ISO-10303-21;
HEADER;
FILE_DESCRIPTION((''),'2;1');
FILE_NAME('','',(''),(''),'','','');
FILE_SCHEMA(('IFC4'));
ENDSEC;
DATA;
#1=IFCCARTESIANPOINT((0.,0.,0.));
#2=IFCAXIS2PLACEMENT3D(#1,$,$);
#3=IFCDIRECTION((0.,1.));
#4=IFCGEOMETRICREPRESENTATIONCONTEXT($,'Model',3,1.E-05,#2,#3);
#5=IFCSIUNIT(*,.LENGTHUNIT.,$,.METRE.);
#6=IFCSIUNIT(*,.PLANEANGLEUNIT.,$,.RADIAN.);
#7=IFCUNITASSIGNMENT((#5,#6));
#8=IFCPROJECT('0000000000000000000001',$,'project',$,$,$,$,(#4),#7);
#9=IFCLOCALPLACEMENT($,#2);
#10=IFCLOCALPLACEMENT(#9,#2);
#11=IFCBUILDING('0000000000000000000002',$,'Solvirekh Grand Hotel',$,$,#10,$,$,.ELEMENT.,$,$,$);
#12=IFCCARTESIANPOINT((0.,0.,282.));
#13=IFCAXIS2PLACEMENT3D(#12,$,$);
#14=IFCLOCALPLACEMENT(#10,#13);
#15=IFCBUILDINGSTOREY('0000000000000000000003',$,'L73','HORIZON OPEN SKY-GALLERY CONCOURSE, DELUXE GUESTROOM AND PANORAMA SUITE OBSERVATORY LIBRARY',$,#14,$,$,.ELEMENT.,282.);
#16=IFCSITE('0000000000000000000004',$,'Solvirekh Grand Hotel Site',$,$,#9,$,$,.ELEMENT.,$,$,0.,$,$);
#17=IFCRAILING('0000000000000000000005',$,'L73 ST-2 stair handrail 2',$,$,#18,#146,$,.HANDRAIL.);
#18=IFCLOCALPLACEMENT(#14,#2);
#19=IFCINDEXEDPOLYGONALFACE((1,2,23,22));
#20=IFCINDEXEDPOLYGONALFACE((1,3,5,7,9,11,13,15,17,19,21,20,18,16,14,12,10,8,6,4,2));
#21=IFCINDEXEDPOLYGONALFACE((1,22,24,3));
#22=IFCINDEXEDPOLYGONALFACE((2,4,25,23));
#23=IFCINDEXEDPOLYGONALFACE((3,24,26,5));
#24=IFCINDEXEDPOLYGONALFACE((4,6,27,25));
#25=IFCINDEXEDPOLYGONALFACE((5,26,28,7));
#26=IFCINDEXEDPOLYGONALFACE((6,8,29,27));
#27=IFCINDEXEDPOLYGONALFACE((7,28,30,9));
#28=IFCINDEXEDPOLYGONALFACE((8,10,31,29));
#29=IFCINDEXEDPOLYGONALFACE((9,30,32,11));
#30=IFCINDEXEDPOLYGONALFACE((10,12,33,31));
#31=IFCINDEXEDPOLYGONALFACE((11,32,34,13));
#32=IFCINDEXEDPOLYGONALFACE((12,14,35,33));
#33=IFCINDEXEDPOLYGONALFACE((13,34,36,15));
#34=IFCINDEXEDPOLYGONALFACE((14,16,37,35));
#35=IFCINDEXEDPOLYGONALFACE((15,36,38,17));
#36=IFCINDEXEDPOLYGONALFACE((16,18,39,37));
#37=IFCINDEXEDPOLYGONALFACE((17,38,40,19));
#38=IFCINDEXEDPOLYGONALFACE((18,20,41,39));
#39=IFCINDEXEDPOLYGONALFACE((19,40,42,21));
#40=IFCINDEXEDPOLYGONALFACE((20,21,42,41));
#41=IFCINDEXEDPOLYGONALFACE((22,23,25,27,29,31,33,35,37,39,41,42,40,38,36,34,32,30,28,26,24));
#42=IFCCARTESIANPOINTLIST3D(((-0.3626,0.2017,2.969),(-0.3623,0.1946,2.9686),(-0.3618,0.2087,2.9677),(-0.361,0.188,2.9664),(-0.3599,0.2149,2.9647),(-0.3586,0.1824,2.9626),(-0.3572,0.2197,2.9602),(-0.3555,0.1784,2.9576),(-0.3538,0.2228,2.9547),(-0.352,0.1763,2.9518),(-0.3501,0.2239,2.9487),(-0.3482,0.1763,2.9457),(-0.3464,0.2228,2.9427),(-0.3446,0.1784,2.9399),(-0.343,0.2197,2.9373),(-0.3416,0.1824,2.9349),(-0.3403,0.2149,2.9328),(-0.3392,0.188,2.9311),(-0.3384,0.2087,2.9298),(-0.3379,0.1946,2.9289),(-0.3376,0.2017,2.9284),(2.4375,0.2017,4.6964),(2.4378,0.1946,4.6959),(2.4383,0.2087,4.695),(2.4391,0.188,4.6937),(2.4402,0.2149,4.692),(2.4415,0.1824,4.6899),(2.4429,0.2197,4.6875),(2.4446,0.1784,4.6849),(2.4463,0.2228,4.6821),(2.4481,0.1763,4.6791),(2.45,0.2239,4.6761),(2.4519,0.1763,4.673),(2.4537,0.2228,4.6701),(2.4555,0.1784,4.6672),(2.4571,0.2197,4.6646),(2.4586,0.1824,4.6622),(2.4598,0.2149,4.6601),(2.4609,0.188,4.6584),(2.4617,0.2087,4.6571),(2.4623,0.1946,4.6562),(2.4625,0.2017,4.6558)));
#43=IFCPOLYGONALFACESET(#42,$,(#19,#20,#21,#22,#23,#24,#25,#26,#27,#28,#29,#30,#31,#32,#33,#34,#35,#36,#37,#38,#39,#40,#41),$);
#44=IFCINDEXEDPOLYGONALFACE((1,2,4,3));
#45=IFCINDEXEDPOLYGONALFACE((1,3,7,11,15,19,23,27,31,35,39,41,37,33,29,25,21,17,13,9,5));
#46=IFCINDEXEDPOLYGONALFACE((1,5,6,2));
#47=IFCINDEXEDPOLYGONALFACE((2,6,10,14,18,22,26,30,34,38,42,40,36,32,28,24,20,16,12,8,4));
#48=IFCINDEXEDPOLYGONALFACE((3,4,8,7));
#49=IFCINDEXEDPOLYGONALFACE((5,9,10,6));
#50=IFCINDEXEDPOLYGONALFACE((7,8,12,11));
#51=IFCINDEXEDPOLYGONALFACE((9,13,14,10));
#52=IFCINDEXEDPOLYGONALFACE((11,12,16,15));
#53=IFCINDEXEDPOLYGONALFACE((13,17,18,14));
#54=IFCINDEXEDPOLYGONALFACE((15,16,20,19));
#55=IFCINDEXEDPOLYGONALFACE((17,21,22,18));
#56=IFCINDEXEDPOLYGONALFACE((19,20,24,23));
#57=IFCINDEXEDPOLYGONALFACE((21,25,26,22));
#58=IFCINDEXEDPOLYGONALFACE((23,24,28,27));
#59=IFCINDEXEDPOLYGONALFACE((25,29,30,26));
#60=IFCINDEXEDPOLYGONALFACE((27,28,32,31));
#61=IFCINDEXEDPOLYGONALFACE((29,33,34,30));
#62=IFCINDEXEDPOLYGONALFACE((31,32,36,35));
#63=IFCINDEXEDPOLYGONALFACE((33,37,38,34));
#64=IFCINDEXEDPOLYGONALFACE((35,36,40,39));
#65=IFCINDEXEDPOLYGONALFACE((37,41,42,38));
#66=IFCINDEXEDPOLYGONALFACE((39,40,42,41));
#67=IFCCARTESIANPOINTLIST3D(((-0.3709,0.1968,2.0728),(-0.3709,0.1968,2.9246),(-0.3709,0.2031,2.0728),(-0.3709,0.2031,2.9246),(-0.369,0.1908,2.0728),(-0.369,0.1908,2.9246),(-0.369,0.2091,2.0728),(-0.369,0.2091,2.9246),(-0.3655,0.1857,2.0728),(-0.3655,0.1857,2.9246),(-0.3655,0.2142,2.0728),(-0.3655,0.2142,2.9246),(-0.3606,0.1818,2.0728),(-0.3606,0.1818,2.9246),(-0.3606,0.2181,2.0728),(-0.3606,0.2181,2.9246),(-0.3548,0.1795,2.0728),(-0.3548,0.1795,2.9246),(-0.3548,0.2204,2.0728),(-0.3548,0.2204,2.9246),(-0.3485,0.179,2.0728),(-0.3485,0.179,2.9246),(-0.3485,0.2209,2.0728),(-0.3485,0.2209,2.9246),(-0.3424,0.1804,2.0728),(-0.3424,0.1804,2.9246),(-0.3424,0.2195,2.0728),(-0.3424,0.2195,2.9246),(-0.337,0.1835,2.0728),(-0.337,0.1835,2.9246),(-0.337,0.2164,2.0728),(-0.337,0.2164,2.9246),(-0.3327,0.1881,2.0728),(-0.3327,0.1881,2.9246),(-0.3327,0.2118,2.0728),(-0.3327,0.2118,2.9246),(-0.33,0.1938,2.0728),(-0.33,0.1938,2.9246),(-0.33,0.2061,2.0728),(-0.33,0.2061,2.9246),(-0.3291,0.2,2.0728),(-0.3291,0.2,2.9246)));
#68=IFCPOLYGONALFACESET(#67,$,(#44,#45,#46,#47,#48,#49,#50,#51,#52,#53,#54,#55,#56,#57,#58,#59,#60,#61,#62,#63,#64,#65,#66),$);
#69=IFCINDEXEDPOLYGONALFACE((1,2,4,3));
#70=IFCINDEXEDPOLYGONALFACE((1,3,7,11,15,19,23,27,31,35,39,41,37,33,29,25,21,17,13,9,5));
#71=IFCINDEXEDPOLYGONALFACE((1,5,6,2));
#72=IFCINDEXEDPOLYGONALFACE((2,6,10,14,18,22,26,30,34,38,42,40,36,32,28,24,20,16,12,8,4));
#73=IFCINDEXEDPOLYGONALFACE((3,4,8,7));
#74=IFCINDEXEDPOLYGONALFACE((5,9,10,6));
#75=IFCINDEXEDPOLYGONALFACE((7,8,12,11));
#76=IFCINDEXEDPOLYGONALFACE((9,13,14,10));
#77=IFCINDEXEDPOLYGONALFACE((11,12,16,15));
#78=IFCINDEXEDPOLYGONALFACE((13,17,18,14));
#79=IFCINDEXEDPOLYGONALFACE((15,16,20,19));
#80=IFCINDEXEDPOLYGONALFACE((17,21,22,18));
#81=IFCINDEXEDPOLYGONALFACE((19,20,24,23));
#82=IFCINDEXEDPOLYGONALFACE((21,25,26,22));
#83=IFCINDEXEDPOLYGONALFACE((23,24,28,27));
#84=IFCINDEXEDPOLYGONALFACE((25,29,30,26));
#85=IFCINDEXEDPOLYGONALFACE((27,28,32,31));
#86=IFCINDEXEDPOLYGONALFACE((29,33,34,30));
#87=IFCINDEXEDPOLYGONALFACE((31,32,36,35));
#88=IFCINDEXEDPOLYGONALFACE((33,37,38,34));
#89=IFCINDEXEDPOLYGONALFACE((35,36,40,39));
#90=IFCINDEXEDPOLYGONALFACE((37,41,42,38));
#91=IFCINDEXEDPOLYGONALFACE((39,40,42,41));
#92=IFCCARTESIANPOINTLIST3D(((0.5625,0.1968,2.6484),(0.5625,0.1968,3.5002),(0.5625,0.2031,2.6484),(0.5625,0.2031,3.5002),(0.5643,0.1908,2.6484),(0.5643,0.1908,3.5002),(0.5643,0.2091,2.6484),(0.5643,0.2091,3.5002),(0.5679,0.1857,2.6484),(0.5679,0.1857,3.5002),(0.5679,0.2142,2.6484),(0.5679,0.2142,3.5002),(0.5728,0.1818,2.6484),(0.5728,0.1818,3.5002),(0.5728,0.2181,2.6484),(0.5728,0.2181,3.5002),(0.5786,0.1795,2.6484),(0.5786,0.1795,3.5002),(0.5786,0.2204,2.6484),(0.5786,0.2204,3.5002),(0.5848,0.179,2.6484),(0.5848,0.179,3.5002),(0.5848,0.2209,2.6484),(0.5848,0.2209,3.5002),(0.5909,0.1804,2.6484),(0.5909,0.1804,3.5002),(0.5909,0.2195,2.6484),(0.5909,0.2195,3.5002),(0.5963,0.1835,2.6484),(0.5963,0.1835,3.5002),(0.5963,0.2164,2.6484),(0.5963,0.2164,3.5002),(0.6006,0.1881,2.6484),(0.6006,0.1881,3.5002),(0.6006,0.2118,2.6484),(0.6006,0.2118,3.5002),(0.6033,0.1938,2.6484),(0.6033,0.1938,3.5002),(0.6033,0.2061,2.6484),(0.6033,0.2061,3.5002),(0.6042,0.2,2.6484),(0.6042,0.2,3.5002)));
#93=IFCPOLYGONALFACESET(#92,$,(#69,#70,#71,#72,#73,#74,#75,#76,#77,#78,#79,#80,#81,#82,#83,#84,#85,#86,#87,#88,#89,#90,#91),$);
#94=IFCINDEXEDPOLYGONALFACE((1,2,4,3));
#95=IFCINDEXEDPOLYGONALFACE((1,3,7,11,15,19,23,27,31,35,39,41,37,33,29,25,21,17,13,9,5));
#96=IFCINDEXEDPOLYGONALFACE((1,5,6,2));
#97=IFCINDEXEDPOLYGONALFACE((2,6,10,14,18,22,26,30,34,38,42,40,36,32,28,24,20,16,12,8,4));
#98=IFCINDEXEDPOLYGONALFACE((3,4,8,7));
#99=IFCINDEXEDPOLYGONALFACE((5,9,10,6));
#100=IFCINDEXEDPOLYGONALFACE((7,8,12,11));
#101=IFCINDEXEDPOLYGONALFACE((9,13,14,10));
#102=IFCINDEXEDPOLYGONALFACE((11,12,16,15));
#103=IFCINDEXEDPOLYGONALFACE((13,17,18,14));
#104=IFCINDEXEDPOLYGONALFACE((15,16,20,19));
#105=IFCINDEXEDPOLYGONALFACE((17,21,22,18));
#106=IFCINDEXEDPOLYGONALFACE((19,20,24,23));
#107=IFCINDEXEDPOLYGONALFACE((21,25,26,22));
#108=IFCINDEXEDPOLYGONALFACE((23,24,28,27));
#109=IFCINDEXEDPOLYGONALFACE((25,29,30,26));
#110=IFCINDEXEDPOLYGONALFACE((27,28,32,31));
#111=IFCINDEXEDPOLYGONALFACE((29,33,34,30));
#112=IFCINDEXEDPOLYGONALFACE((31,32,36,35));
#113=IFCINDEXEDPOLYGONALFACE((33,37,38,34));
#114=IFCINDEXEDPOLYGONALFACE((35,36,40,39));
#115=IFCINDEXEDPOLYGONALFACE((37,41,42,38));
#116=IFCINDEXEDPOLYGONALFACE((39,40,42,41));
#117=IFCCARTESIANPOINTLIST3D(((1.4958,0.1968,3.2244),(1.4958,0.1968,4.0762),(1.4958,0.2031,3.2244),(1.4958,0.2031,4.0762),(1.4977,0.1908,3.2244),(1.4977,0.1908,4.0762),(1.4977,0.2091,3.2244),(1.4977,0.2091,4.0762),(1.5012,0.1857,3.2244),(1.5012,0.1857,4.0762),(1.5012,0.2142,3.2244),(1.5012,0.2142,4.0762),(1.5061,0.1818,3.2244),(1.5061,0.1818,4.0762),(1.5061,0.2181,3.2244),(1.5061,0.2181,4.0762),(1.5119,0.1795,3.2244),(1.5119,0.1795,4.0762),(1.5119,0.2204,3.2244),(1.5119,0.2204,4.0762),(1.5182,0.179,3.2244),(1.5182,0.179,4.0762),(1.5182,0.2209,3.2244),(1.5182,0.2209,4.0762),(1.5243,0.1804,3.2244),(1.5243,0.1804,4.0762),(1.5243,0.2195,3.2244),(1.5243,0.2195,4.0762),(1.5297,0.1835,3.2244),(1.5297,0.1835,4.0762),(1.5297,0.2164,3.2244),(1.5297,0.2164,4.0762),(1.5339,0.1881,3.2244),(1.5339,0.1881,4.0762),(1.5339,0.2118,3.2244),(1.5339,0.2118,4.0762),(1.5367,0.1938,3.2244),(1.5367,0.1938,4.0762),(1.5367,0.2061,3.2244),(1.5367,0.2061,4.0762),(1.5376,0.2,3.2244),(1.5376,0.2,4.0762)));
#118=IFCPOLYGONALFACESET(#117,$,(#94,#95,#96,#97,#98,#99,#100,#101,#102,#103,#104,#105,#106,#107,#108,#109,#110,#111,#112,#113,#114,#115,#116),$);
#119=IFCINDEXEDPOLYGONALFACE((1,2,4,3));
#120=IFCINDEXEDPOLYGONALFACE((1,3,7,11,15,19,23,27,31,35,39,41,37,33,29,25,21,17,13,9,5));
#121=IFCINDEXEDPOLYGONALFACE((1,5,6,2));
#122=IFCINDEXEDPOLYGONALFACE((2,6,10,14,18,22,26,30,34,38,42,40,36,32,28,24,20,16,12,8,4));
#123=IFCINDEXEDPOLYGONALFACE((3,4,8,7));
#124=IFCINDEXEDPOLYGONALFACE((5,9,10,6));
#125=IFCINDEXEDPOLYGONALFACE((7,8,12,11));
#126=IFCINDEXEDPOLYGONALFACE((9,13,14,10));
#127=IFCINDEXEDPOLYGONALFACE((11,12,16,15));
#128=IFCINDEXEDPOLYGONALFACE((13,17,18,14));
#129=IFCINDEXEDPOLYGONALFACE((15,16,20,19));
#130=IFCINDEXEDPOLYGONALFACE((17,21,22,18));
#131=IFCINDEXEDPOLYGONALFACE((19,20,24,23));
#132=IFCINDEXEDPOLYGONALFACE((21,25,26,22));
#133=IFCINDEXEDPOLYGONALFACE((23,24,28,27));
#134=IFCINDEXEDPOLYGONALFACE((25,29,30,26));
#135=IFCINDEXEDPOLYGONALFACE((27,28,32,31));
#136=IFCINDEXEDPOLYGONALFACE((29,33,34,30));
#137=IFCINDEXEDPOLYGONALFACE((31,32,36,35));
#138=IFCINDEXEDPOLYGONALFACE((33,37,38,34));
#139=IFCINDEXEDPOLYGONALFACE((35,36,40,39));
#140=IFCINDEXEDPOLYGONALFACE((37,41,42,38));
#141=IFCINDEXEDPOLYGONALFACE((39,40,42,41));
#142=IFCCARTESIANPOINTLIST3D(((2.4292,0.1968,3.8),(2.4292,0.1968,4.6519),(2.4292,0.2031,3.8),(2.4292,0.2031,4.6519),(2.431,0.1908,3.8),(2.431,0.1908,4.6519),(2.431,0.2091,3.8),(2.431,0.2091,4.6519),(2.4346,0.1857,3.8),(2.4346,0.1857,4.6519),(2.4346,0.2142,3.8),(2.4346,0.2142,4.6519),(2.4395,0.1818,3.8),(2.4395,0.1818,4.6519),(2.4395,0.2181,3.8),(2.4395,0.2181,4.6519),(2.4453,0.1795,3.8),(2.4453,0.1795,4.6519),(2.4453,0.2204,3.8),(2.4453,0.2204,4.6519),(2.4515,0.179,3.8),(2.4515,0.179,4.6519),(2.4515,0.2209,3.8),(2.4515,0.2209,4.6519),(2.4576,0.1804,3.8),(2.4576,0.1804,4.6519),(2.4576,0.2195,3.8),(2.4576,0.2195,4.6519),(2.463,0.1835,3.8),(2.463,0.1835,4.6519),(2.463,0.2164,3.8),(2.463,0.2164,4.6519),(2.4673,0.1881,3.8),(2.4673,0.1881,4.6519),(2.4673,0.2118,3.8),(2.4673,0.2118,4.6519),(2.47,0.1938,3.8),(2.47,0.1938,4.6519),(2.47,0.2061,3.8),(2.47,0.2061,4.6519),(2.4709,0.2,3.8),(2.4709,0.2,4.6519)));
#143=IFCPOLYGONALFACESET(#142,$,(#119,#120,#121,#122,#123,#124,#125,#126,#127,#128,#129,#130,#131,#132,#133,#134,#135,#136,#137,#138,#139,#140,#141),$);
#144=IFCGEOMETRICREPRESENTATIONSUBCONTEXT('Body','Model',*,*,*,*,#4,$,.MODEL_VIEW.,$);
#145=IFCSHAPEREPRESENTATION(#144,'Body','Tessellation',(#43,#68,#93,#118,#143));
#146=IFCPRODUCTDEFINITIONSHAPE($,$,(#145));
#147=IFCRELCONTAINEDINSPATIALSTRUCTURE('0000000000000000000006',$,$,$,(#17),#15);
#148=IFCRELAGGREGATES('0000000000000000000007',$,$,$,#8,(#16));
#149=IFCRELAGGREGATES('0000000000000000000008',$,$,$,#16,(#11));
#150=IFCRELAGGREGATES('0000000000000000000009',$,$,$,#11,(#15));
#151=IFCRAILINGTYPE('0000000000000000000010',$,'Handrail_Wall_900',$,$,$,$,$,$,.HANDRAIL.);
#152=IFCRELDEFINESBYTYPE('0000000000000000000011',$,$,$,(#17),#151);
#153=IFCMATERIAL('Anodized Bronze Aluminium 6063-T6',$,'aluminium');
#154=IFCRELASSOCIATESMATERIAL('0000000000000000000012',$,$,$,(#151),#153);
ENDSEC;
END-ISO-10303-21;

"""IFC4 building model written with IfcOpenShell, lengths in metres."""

from ifc_helpers import new_model, si_unit, direction, frame, origin, origin_2d, place, context, subcontext, project, spatial, circle, extrude, material, type_object, element, save


model = new_model("IFC4")

# Units and contexts
model_context = context("Model", 3, precision=1e-05, world=origin(), true_north=direction((0.0, 1.0)))
body_context = subcontext(model_context, "Body", "Model", "MODEL_VIEW")
ifc_project = project(units=[si_unit("LENGTHUNIT", "METRE"), si_unit("PLANEANGLEUNIT", "RADIAN")], contexts=[model_context])

# Site, building, storey
site_placement = place(None, origin())
site = spatial("IfcSite", under=ifc_project, at=site_placement, Name="Solvirekh Grand Hotel Site", CompositionType="ELEMENT", RefElevation=0.0)
building_placement = place(site_placement, origin())
building = spatial("IfcBuilding", under=site, at=building_placement, Name="Solvirekh Grand Hotel", CompositionType="ELEMENT")
storey_placement = place(building_placement, frame((0.0, 0.0, 282.0)))
storey = spatial("IfcBuildingStorey", under=building, at=storey_placement, Name="L73", Description="HORIZON OPEN SKY-GALLERY CONCOURSE, DELUXE GUESTROOM AND PANORAMA SUITE OBSERVATORY LIBRARY", CompositionType="ELEMENT", Elevation=282.0)

# Railing
ifc_material_1 = material(Name="Anodized Bronze Aluminium 6063-T6", Category="aluminium")
railing_type_1 = type_object("IfcRailingType", Name="Handrail_Wall_900", PredefinedType="HANDRAIL", material=ifc_material_1)
railing_1_placement = place(storey_placement, frame((-0.3501, 0.2, 2.0728)))
element("IfcRailing", 1, at=railing_1_placement, inside=storey, type_object=railing_type_1, Name="L73 ST-2 stair handrail 2", PredefinedType="HANDRAIL", context=body_context, shape_type="SweptSolid", body=[
    extrude(circle(Radius=0.0239, at=origin_2d()), frame((0.0, 0.0, 0.876), z_axis=(0.85109, 0.0, 0.52502), x_axis=(0.0, 1.0, 0.0)), (0.0, 0.0, 1.0), 3.29),
    extrude(circle(Radius=0.021, at=origin_2d()), origin(), (0.0, 0.0, 1.0), 0.8518),
    extrude(circle(Radius=0.021, at=origin_2d()), frame((0.9333, 0.0, 0.5757)), (0.0, 0.0, 1.0), 0.8518),
    extrude(circle(Radius=0.021, at=origin_2d()), frame((1.8667, 0.0, 1.1516)), (0.0, 0.0, 1.0), 0.8518),
    extrude(circle(Radius=0.021, at=origin_2d()), frame((2.8, 0.0, 1.7273)), (0.0, 0.0, 1.0), 0.8518),
])

save(model, "model.ifc")
